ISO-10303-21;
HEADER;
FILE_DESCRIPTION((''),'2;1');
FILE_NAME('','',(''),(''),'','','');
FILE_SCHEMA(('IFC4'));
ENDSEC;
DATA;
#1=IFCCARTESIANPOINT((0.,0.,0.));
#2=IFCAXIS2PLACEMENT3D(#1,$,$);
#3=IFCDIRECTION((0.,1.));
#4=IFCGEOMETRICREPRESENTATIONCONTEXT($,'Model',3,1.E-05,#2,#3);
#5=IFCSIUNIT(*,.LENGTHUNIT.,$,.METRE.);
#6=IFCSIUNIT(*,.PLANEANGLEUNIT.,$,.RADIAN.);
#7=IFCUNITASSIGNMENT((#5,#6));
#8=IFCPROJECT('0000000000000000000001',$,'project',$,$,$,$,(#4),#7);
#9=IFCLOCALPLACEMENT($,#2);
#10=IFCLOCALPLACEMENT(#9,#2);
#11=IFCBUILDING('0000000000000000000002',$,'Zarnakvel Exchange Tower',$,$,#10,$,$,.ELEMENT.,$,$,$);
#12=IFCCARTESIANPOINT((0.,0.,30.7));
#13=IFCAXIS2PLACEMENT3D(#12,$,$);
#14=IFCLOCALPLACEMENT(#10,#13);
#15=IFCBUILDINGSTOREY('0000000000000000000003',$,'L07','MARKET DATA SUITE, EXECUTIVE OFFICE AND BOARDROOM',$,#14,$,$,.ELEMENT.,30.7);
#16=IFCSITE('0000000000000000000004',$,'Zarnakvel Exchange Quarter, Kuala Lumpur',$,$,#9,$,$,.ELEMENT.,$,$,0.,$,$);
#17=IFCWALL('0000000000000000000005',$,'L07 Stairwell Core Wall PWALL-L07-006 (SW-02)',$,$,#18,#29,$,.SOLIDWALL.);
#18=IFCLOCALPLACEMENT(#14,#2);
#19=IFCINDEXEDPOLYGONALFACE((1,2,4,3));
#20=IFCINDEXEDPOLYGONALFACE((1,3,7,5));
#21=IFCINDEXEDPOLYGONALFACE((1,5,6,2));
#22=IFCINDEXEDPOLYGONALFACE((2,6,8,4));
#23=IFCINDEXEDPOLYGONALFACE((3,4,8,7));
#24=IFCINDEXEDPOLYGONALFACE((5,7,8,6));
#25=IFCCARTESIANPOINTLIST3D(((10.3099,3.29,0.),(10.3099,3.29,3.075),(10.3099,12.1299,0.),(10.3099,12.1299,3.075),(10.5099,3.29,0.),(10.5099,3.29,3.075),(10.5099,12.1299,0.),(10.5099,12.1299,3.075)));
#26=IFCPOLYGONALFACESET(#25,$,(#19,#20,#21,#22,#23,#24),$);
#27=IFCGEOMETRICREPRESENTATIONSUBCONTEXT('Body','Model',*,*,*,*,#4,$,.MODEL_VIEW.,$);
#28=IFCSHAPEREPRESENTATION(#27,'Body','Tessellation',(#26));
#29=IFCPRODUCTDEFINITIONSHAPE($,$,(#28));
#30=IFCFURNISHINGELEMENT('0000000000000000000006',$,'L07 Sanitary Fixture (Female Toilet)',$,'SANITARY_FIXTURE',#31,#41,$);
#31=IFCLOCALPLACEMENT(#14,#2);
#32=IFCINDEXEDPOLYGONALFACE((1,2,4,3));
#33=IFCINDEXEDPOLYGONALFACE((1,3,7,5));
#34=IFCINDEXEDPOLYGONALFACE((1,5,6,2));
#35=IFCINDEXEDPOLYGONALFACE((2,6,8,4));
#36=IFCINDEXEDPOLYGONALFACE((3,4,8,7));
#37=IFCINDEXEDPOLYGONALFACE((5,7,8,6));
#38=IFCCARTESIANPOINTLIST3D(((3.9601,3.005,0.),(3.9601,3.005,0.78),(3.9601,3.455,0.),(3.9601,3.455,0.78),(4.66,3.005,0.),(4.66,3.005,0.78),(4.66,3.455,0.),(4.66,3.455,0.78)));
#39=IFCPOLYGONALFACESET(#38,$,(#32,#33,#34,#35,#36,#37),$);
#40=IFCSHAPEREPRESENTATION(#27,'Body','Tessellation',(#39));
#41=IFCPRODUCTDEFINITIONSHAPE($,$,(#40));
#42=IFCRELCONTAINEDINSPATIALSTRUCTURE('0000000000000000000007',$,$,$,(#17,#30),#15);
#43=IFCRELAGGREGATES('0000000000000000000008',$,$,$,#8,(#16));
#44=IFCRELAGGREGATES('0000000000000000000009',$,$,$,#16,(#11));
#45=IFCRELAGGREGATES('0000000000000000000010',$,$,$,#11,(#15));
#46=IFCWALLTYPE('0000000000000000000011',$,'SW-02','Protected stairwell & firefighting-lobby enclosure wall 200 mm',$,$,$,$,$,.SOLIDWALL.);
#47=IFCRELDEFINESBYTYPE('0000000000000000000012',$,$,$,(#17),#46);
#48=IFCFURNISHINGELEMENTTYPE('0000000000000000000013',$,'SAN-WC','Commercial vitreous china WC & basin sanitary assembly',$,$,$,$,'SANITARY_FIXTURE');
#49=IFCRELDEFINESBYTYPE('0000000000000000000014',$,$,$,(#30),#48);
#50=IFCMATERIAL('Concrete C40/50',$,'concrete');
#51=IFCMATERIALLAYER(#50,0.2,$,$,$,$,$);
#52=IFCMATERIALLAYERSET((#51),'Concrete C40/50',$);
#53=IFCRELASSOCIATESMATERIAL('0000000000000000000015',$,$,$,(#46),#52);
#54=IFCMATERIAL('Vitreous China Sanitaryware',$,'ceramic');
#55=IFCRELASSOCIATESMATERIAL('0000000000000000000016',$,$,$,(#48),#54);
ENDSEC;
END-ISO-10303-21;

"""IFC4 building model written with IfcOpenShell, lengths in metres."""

from ifc_helpers import new_model, si_unit, direction, frame, frame_2d, origin, origin_2d, place, context, subcontext, project, spatial, rectangle, extrude, source, transform, mapped, material, layer, layer_set, type_object, element, save


model = new_model("IFC4")

# Units and contexts
model_context = context("Model", 3, precision=1e-05, world=origin(), true_north=direction((0.0, 1.0)))
body_context = subcontext(model_context, "Body", "Model", "MODEL_VIEW")
ifc_project = project(units=[si_unit("LENGTHUNIT", "METRE"), si_unit("PLANEANGLEUNIT", "RADIAN")], contexts=[model_context])

# Site, building, storey
site_placement = place(None, origin())
site = spatial("IfcSite", under=ifc_project, at=site_placement, Name="Zarnakvel Exchange Quarter, Kuala Lumpur", CompositionType="ELEMENT", RefElevation=0.0)
building_placement = place(site_placement, origin())
building = spatial("IfcBuilding", under=site, at=building_placement, Name="Zarnakvel Exchange Tower", CompositionType="ELEMENT")
storey_placement = place(building_placement, frame((0.0, 0.0, 30.7)))
storey = spatial("IfcBuildingStorey", under=building, at=storey_placement, Name="L07", Description="MARKET DATA SUITE, EXECUTIVE OFFICE AND BOARDROOM", CompositionType="ELEMENT", Elevation=30.7)

# Shared definitions
ifc_material_1 = material(Name="Concrete C40/50", Category="concrete")

# Wall
ifc_layer_1 = layer(ifc_material_1, 0.2)
ifc_layer_set_1 = layer_set([ifc_layer_1], Name="Concrete C40/50")
wall_type_1 = type_object("IfcWallType", Name="SW-02", Description="Protected stairwell & firefighting-lobby enclosure wall 200 mm", PredefinedType="SOLIDWALL", material=ifc_layer_set_1)
wall_1_placement = place(storey_placement, frame((10.4099, 3.29, 0.0), z_axis=(0.0, 0.0, 1.0), x_axis=(0.0, 1.0, 0.0)))
element("IfcWall", 1, at=wall_1_placement, inside=storey, type_object=wall_type_1, Name="L07 Stairwell Core Wall PWALL-L07-006 (SW-02)", PredefinedType="SOLIDWALL", context=body_context, shape_type="SweptSolid", body=[
    extrude(rectangle(XDim=8.8398, YDim=0.2, at=frame_2d((4.4199, 0.0))), origin(), (0.0, 0.0, 1.0), 3.075),
])

# Furnishing element
ifc_material_2 = material(Name="Vitreous China Sanitaryware", Category="ceramic")
furnishing_element_type = type_object("IfcFurnishingElementType", Name="SAN-WC", Description="Commercial vitreous china WC & basin sanitary assembly", ElementType="SANITARY_FIXTURE", material=ifc_material_2)
shared_shape_1 = source(origin(), body_context, "Body", "SweptSolid", [
    extrude(rectangle(XDim=0.7, YDim=0.45, at=origin_2d()), origin(), (0.0, 0.0, 1.0), 0.78),
])
furnishing_placement = place(storey_placement, frame((4.3101, 3.23, 0.0), z_axis=(0.0, 0.0, 1.0), x_axis=(1.0, 0.0, 0.0)))
element("IfcFurnishingElement", 2, at=furnishing_placement, inside=storey, type_object=furnishing_element_type, Name="L07 Sanitary Fixture (Female Toilet)", ObjectType="SANITARY_FIXTURE", context=body_context, shape_type="MappedRepresentation", body=[
    mapped(shared_shape_1, transform((0.0, 0.0, 0.0), x_axis=(1.0, 0.0, 0.0), y_axis=(0.0, 1.0, 0.0), z_axis=(0.0, 0.0, 1.0), scale=1.0)),
])

save(model, "model.ifc")
